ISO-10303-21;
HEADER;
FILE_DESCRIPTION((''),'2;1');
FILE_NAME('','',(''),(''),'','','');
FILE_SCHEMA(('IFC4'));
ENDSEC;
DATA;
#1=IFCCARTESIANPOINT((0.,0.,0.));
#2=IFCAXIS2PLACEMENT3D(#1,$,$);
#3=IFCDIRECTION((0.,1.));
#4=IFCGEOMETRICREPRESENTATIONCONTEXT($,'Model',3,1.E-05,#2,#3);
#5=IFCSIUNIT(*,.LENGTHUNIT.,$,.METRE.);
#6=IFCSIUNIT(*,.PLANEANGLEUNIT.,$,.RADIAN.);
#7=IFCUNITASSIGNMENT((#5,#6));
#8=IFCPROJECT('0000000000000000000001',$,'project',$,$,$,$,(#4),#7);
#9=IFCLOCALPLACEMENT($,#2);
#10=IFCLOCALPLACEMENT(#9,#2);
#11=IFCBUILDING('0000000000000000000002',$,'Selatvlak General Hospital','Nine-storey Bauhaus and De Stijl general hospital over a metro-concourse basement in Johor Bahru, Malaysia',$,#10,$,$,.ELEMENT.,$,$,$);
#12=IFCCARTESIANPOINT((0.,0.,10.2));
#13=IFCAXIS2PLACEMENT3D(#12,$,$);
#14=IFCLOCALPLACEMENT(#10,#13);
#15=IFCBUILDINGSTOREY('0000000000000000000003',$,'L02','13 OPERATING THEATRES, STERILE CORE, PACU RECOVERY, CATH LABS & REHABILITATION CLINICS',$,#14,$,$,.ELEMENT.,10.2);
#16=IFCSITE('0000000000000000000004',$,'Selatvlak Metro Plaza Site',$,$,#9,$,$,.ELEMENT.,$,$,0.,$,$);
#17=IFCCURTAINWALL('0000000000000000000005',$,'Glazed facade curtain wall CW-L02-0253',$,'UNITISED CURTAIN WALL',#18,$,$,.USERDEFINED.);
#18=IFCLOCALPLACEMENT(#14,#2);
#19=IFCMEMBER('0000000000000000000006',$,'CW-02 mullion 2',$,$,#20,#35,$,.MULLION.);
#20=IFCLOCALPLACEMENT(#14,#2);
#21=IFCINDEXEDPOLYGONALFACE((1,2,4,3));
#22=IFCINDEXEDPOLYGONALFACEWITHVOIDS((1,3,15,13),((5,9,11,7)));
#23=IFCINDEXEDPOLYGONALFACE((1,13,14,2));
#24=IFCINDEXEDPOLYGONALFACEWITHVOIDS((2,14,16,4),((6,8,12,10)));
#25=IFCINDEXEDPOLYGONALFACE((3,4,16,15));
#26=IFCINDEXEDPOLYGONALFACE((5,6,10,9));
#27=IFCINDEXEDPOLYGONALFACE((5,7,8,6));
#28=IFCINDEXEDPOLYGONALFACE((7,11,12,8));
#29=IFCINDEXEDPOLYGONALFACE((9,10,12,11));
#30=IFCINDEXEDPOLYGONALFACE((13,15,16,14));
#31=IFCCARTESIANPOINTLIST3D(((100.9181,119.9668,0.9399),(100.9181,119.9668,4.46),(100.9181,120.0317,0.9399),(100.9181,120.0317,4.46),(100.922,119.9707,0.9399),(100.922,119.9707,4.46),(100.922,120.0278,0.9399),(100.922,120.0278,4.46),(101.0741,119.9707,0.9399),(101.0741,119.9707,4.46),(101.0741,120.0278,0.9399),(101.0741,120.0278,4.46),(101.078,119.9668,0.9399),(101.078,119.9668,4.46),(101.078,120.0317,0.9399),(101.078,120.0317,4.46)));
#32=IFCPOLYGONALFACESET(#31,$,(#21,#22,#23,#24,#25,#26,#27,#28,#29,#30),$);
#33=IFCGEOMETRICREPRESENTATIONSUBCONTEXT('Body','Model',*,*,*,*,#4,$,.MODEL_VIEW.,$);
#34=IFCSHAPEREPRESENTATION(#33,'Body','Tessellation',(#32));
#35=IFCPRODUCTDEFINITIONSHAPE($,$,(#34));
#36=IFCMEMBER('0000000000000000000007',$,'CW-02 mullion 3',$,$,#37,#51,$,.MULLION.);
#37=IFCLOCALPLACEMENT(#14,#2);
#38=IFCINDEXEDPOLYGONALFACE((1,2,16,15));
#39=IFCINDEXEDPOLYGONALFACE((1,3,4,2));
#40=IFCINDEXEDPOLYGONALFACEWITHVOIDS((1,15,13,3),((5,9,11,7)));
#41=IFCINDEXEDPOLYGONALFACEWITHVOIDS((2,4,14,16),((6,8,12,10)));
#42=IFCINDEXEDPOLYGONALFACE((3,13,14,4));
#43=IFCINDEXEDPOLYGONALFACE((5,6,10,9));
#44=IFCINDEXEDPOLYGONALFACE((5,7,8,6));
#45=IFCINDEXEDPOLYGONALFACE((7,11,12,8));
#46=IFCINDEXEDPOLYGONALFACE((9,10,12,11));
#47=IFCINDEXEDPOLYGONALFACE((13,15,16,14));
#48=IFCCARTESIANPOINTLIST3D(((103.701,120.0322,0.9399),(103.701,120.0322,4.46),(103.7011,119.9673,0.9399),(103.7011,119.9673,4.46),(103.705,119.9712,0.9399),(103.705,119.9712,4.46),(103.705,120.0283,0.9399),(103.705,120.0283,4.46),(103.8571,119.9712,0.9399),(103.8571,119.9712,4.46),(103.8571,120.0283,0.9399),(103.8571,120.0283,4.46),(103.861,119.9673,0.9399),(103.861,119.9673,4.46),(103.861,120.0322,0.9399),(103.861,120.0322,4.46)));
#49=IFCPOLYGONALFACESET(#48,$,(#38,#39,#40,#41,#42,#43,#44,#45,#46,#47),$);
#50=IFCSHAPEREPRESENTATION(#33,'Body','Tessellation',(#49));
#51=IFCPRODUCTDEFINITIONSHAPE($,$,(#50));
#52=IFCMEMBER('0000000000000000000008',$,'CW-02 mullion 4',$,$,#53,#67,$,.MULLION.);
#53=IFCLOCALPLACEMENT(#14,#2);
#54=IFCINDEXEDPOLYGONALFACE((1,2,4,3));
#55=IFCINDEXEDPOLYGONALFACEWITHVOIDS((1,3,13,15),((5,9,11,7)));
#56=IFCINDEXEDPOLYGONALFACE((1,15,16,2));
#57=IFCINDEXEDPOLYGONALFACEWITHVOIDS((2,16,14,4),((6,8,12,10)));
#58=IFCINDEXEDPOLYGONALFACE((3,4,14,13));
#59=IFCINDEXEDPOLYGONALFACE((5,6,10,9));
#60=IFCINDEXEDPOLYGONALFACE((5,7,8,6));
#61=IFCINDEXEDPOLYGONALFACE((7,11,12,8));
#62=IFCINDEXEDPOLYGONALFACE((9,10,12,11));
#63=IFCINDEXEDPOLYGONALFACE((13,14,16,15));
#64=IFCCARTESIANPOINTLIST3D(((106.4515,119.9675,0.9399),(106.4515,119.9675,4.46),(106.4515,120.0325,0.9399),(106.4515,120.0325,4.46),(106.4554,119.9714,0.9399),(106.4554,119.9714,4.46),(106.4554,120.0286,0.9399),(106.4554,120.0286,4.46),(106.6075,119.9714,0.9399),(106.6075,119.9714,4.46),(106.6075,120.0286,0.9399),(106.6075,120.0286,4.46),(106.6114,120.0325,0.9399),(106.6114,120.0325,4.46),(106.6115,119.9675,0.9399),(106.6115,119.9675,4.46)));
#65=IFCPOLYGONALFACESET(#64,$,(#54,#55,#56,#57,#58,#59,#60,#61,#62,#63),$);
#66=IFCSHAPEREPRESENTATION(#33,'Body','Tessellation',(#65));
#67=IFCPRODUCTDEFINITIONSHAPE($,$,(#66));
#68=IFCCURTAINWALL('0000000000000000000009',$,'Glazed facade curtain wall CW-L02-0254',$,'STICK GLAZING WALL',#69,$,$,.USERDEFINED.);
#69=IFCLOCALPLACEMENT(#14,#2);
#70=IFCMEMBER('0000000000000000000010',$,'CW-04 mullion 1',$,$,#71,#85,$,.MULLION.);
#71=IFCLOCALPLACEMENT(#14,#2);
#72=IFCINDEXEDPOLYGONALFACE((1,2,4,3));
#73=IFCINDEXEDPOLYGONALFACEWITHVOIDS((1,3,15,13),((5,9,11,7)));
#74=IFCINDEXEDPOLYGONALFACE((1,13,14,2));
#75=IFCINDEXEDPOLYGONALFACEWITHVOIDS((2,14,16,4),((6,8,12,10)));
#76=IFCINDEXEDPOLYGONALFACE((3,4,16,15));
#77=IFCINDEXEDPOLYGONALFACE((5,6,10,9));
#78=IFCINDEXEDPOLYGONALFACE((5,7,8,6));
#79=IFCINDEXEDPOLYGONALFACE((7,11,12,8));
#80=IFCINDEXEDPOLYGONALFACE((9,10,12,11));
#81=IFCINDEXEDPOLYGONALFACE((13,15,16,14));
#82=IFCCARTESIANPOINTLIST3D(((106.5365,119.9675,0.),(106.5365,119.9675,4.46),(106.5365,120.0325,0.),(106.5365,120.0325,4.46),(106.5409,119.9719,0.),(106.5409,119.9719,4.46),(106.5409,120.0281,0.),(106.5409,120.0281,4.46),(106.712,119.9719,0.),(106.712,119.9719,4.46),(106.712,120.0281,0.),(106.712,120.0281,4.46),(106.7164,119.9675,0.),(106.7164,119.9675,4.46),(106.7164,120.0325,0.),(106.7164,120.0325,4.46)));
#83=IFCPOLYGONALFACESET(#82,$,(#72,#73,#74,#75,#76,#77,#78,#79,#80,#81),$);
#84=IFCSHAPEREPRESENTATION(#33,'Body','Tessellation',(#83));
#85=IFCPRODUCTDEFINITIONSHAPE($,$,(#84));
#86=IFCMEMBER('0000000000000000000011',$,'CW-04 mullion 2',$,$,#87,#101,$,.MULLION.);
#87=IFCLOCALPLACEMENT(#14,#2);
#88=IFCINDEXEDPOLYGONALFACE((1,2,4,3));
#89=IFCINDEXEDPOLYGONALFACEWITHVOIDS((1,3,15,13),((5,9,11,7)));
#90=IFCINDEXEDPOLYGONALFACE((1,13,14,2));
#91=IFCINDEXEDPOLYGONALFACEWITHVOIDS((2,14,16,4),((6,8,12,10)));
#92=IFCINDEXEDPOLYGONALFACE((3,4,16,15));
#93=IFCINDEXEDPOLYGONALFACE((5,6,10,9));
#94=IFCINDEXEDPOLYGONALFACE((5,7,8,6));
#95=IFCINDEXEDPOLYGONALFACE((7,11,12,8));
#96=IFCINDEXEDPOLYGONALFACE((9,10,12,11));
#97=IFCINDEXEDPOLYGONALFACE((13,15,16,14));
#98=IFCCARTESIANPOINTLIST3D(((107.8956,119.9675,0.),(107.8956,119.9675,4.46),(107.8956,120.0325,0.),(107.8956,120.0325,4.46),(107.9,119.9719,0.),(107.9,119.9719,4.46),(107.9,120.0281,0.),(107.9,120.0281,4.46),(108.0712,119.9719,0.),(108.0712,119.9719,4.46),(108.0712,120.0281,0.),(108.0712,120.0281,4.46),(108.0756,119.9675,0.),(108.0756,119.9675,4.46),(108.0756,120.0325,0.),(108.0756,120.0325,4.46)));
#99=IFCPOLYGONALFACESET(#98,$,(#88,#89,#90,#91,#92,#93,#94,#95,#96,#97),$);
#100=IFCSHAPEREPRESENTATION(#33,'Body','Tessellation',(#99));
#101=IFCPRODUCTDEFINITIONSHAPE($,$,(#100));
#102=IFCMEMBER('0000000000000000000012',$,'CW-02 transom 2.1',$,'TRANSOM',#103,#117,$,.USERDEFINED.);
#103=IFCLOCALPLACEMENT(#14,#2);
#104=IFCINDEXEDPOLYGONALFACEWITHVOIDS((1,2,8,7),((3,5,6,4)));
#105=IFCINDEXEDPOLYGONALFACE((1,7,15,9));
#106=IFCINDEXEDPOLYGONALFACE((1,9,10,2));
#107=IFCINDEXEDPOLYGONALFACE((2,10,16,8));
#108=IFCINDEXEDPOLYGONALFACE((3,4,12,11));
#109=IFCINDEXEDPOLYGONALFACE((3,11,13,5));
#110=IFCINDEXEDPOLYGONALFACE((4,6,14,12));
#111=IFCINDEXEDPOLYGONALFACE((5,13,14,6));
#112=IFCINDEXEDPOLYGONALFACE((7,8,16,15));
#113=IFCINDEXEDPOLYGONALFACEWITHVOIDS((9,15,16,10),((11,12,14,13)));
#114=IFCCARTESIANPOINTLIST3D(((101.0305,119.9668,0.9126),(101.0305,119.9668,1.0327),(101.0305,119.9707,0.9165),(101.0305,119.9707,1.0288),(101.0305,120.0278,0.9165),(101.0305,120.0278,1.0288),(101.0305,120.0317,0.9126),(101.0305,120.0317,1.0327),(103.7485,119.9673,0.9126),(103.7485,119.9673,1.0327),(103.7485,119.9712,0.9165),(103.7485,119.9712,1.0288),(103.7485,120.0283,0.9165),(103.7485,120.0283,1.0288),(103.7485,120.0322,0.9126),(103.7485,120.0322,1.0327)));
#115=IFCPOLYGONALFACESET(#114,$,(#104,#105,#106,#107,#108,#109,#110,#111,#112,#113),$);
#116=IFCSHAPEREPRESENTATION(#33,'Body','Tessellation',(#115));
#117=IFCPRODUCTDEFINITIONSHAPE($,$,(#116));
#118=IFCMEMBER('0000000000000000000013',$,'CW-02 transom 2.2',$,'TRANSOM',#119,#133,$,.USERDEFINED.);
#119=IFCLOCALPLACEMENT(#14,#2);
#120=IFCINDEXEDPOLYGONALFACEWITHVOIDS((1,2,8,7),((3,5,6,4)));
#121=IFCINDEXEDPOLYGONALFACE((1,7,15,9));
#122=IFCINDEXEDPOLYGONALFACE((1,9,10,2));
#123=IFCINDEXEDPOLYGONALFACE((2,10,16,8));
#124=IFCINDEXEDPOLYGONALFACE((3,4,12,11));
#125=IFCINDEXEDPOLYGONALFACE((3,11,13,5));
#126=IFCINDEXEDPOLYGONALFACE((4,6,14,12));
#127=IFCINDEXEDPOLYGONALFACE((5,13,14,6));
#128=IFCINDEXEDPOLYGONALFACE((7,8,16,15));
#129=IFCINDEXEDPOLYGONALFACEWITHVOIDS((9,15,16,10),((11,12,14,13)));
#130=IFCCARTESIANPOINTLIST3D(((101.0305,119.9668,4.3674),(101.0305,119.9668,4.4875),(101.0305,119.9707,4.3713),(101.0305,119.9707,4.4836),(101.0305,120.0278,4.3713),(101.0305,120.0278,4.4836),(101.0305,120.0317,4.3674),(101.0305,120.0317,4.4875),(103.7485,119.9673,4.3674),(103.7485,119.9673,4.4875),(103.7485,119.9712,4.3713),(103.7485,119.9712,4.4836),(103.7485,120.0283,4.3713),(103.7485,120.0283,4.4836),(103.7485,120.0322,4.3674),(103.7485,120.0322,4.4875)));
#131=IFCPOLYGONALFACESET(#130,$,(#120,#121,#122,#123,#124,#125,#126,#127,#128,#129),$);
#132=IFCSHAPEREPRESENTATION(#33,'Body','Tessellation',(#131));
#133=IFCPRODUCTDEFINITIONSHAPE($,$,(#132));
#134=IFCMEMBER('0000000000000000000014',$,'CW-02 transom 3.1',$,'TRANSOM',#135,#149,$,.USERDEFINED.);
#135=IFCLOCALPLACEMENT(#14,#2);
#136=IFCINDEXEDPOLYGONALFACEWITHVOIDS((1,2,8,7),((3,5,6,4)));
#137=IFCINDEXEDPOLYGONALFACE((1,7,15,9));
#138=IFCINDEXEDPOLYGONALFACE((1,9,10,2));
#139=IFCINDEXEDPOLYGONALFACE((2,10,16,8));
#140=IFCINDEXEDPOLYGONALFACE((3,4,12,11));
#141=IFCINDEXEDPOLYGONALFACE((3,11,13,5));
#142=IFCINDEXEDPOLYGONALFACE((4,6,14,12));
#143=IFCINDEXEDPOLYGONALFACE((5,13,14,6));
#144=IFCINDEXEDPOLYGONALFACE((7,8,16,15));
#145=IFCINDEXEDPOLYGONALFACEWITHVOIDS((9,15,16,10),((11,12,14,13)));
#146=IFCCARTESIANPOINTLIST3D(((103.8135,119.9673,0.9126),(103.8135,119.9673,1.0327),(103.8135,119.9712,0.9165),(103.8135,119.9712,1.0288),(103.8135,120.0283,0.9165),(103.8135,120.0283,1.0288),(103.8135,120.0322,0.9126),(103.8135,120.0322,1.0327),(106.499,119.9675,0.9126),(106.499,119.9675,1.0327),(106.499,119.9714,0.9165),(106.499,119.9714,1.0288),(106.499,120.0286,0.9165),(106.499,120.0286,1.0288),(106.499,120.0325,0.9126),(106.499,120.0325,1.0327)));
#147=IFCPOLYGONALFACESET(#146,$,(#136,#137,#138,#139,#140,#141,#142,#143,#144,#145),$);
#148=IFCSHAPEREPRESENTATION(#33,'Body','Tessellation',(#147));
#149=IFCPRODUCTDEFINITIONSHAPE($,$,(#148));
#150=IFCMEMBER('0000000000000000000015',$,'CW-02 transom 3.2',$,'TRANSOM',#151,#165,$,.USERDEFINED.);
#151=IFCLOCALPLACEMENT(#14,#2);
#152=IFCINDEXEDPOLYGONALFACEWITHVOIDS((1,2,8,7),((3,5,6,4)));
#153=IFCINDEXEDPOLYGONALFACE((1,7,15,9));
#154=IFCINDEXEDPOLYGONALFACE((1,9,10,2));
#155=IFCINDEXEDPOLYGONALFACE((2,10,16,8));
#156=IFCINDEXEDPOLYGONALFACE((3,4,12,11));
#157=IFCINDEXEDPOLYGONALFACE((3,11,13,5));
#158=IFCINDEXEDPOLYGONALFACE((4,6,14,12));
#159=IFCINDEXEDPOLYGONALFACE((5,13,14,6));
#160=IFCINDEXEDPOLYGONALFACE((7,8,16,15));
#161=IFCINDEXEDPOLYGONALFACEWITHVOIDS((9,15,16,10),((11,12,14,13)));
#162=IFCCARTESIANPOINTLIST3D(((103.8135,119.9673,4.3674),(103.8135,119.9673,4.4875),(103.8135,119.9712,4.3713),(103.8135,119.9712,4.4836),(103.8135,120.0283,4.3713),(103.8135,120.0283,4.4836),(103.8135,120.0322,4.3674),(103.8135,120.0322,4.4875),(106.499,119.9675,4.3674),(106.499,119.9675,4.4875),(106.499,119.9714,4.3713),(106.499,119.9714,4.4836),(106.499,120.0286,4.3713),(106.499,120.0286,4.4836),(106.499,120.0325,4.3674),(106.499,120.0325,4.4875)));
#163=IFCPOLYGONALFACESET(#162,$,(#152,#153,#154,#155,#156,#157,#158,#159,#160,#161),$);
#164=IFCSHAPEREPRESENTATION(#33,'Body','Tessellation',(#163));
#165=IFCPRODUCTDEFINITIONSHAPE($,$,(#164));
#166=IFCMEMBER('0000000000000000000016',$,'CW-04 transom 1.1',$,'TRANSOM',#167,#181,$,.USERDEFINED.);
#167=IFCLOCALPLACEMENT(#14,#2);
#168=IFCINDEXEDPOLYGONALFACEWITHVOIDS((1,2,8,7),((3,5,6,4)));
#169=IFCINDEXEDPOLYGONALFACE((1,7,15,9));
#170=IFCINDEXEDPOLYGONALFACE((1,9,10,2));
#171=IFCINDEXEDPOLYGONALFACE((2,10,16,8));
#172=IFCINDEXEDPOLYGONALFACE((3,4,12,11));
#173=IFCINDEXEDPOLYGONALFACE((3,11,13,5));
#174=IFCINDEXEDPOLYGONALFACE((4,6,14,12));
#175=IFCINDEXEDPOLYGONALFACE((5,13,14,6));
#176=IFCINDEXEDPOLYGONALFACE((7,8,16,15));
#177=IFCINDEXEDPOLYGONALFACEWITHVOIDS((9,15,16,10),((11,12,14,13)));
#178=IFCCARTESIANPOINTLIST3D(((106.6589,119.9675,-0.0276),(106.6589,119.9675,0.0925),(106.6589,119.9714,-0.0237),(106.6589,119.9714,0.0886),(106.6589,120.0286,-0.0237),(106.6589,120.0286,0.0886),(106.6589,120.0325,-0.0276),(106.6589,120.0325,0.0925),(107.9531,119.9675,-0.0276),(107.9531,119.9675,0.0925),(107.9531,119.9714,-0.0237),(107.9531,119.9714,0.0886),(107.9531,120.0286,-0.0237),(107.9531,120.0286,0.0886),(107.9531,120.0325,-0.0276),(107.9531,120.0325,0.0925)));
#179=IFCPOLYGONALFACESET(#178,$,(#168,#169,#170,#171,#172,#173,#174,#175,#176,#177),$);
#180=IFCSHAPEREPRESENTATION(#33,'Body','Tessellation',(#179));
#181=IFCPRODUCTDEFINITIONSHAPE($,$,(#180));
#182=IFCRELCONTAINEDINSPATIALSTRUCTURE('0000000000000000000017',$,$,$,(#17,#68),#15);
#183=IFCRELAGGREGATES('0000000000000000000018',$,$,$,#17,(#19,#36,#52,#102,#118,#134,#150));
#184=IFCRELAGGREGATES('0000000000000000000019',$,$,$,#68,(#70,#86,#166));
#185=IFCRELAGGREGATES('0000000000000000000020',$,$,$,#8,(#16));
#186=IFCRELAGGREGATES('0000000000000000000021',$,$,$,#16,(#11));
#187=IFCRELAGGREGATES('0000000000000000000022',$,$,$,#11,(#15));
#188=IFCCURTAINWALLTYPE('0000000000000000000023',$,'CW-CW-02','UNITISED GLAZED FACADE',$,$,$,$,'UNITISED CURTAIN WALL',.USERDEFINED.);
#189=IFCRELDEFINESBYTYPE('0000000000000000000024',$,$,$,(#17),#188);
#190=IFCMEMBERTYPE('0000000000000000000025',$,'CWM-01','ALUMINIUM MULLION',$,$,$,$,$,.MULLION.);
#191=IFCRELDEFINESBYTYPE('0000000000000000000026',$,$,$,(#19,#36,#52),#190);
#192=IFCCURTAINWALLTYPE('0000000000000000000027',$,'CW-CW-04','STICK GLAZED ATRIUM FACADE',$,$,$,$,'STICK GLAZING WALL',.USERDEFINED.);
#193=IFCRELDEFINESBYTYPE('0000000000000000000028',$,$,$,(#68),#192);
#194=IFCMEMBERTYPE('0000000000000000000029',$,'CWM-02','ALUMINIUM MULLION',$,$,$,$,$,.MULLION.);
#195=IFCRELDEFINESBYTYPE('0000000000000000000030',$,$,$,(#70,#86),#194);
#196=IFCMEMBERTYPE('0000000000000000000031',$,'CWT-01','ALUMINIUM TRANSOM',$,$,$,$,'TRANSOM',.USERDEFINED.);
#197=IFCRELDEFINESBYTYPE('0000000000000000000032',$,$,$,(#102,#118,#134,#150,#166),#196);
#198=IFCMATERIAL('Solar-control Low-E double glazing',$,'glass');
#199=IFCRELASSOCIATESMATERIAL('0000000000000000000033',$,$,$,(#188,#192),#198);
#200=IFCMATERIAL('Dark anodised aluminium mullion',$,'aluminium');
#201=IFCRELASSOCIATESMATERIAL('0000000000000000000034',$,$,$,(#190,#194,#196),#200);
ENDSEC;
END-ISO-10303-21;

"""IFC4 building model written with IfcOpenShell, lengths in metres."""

from ifc_helpers import new_model, si_unit, direction, frame, origin, origin_2d, place, context, subcontext, project, spatial, hollow_rectangle, extrude, material, material_profile, profile_set, type_object, element, aggregate, save


model = new_model("IFC4")

# Units and contexts
model_context = context("Model", 3, precision=1e-05, world=origin(), true_north=direction((0.0, 1.0)))
body_context = subcontext(model_context, "Body", "Model", "MODEL_VIEW")
ifc_project = project(units=[si_unit("LENGTHUNIT", "METRE"), si_unit("PLANEANGLEUNIT", "RADIAN")], contexts=[model_context])

# Site, building, storey
site_placement = place(None, origin())
site = spatial("IfcSite", under=ifc_project, at=site_placement, Name="Selatvlak Metro Plaza Site", CompositionType="ELEMENT", RefElevation=0.0)
building_placement = place(site_placement, origin())
building = spatial("IfcBuilding", under=site, at=building_placement, Name="Selatvlak General Hospital", Description="Nine-storey Bauhaus and De Stijl general hospital over a metro-concourse basement in Johor Bahru, Malaysia", CompositionType="ELEMENT")
storey_placement = place(building_placement, frame((0.0, 0.0, 10.2)))
storey = spatial("IfcBuildingStorey", under=building, at=storey_placement, Name="L02", Description="13 OPERATING THEATRES, STERILE CORE, PACU RECOVERY, CATH LABS & REHABILITATION CLINICS", CompositionType="ELEMENT", Elevation=10.2)

# Curtain walls, members
ifc_material_1 = material(Name="Solar-control Low-E double glazing", Category="glass")
curtain_wall_type_1 = type_object("IfcCurtainWallType", Name="CW-CW-02", Description="UNITISED GLAZED FACADE", ElementType="UNITISED CURTAIN WALL", PredefinedType="USERDEFINED", material=ifc_material_1)
curtain_wall_1_placement = place(storey_placement, origin())
curtain_wall_1 = element("IfcCurtainWall", 1, at=curtain_wall_1_placement, inside=storey, type_object=curtain_wall_type_1, Name="Glazed facade curtain wall CW-L02-0253", ObjectType="UNITISED CURTAIN WALL", PredefinedType="USERDEFINED")
ifc_material_2 = material(Name="Dark anodised aluminium mullion", Category="aluminium")
ifc_material_profile_1 = material_profile(ifc_material_2, hollow_rectangle(XDim=0.0649, YDim=0.1599, WallThickness=0.0039, at=origin_2d()), Name="AL-MUL 65x160x4")
ifc_profile_set_1 = profile_set([ifc_material_profile_1], Name="Dark anodised aluminium mullion")
member_type_1 = type_object("IfcMemberType", Name="CWM-01", Description="ALUMINIUM MULLION", PredefinedType="MULLION", material=ifc_profile_set_1)
member_1_placement = place(storey_placement, frame((100.998, 119.9993, 0.9399), z_axis=(0.0, 0.0, 1.0), x_axis=(-0.00012, 1.0, 0.0)))
member_1 = element("IfcMember", 2, at=member_1_placement, type_object=member_type_1, Name="CW-02 mullion 2", PredefinedType="MULLION", context=body_context, shape_type="SweptSolid", body=[
    extrude(hollow_rectangle(XDim=0.0649, YDim=0.1599, WallThickness=0.0039, at=origin_2d()), origin(), (0.0, 0.0, 1.0), 3.52),
])
member_2_placement = place(storey_placement, frame((103.781, 119.9998, 0.9399), z_axis=(0.0, 0.0, 1.0), x_axis=(-0.00012, 1.0, 0.0)))
member_2 = element("IfcMember", 3, at=member_2_placement, type_object=member_type_1, Name="CW-02 mullion 3", PredefinedType="MULLION", context=body_context, shape_type="SweptSolid", body=[
    extrude(hollow_rectangle(XDim=0.0649, YDim=0.1599, WallThickness=0.0039, at=origin_2d()), origin(), (0.0, 0.0, 1.0), 3.52),
])
member_3_placement = place(storey_placement, frame((106.5315, 120.0, 0.9399), z_axis=(0.0, 0.0, 1.0), x_axis=(-0.00012, 1.0, 0.0)))
member_3 = element("IfcMember", 4, at=member_3_placement, type_object=member_type_1, Name="CW-02 mullion 4", PredefinedType="MULLION", context=body_context, shape_type="SweptSolid", body=[
    extrude(hollow_rectangle(XDim=0.0649, YDim=0.1599, WallThickness=0.0039, at=origin_2d()), origin(), (0.0, 0.0, 1.0), 3.52),
])
curtain_wall_type_2 = type_object("IfcCurtainWallType", Name="CW-CW-04", Description="STICK GLAZED ATRIUM FACADE", ElementType="STICK GLAZING WALL", PredefinedType="USERDEFINED", material=ifc_material_1)
curtain_wall_2_placement = place(storey_placement, origin())
curtain_wall_2 = element("IfcCurtainWall", 5, at=curtain_wall_2_placement, inside=storey, type_object=curtain_wall_type_2, Name="Glazed facade curtain wall CW-L02-0254", ObjectType="STICK GLAZING WALL", PredefinedType="USERDEFINED")
ifc_material_profile_2 = material_profile(ifc_material_2, hollow_rectangle(XDim=0.0649, YDim=0.1799, WallThickness=0.0044, at=origin_2d()), Name="AL-MUL 65x180x4.5")
ifc_profile_set_2 = profile_set([ifc_material_profile_2], Name="Dark anodised aluminium mullion")
member_type_2 = type_object("IfcMemberType", Name="CWM-02", Description="ALUMINIUM MULLION", PredefinedType="MULLION", material=ifc_profile_set_2)
member_4_placement = place(storey_placement, frame((106.6265, 120.0, 0.0), z_axis=(0.0, 0.0, 1.0), x_axis=(0.0, 1.0, 0.0)))
member_4 = element("IfcMember", 6, at=member_4_placement, type_object=member_type_2, Name="CW-04 mullion 1", PredefinedType="MULLION", context=body_context, shape_type="SweptSolid", body=[
    extrude(hollow_rectangle(XDim=0.0649, YDim=0.1799, WallThickness=0.0044, at=origin_2d()), origin(), (0.0, 0.0, 1.0), 4.46),
])
member_5_placement = place(storey_placement, frame((107.9856, 120.0, 0.0), z_axis=(0.0, 0.0, 1.0), x_axis=(0.0, 1.0, 0.0)))
member_5 = element("IfcMember", 7, at=member_5_placement, type_object=member_type_2, Name="CW-04 mullion 2", PredefinedType="MULLION", context=body_context, shape_type="SweptSolid", body=[
    extrude(hollow_rectangle(XDim=0.0649, YDim=0.1799, WallThickness=0.0044, at=origin_2d()), origin(), (0.0, 0.0, 1.0), 4.46),
])

# Members
ifc_material_profile_3 = material_profile(ifc_material_2, hollow_rectangle(XDim=0.0649, YDim=0.1201, WallThickness=0.0039, at=origin_2d()), Name="AL-TRN 65x120x4")
ifc_profile_set_3 = profile_set([ifc_material_profile_3], Name="Dark anodised aluminium mullion")
member_type_3 = type_object("IfcMemberType", Name="CWT-01", Description="ALUMINIUM TRANSOM", ElementType="TRANSOM", PredefinedType="USERDEFINED", material=ifc_profile_set_3)
member_6_placement = place(storey_placement, frame((101.0305, 119.9993, 0.9727), z_axis=(1.0, 0.00018, 0.0), x_axis=(-0.00018, 1.0, 0.0)))
member_6 = element("IfcMember", 8, at=member_6_placement, type_object=member_type_3, Name="CW-02 transom 2.1", ObjectType="TRANSOM", PredefinedType="USERDEFINED", context=body_context, shape_type="SweptSolid", body=[
    extrude(hollow_rectangle(XDim=0.0649, YDim=0.1201, WallThickness=0.0039, at=origin_2d()), origin(), (0.0, 0.0, 1.0), 2.718),
])
member_7_placement = place(storey_placement, frame((101.0305, 119.9993, 4.4275), z_axis=(1.0, 0.00018, 0.0), x_axis=(-0.00018, 1.0, 0.0)))
member_7 = element("IfcMember", 9, at=member_7_placement, type_object=member_type_3, Name="CW-02 transom 2.2", ObjectType="TRANSOM", PredefinedType="USERDEFINED", context=body_context, shape_type="SweptSolid", body=[
    extrude(hollow_rectangle(XDim=0.0649, YDim=0.1201, WallThickness=0.0039, at=origin_2d()), origin(), (0.0, 0.0, 1.0), 2.718),
])
member_8_placement = place(storey_placement, frame((103.8135, 119.9998, 0.9727), z_axis=(1.0, 0.000091, 0.0), x_axis=(-0.000091, 1.0, 0.0)))
member_8 = element("IfcMember", 10, at=member_8_placement, type_object=member_type_3, Name="CW-02 transom 3.1", ObjectType="TRANSOM", PredefinedType="USERDEFINED", context=body_context, shape_type="SweptSolid", body=[
    extrude(hollow_rectangle(XDim=0.0649, YDim=0.1201, WallThickness=0.0039, at=origin_2d()), origin(), (0.0, 0.0, 1.0), 2.6855),
])
member_9_placement = place(storey_placement, frame((103.8135, 119.9998, 4.4275), z_axis=(1.0, 0.000091, 0.0), x_axis=(-0.000091, 1.0, 0.0)))
member_9 = element("IfcMember", 11, at=member_9_placement, type_object=member_type_3, Name="CW-02 transom 3.2", ObjectType="TRANSOM", PredefinedType="USERDEFINED", context=body_context, shape_type="SweptSolid", body=[
    extrude(hollow_rectangle(XDim=0.0649, YDim=0.1201, WallThickness=0.0039, at=origin_2d()), origin(), (0.0, 0.0, 1.0), 2.6855),
])
member_10_placement = place(storey_placement, frame((106.6589, 120.0, 0.0325), z_axis=(1.0, 0.0, 0.0), x_axis=(0.0, 1.0, 0.0)))
member_10 = element("IfcMember", 12, at=member_10_placement, type_object=member_type_3, Name="CW-04 transom 1.1", ObjectType="TRANSOM", PredefinedType="USERDEFINED", context=body_context, shape_type="SweptSolid", body=[
    extrude(hollow_rectangle(XDim=0.0649, YDim=0.1201, WallThickness=0.0039, at=origin_2d()), origin(), (0.0, 0.0, 1.0), 1.2942),
])

aggregate(curtain_wall_1, [member_1, member_2, member_3, member_6, member_7, member_8, member_9])
aggregate(curtain_wall_2, [member_4, member_5, member_10])

save(model, "model.ifc")
